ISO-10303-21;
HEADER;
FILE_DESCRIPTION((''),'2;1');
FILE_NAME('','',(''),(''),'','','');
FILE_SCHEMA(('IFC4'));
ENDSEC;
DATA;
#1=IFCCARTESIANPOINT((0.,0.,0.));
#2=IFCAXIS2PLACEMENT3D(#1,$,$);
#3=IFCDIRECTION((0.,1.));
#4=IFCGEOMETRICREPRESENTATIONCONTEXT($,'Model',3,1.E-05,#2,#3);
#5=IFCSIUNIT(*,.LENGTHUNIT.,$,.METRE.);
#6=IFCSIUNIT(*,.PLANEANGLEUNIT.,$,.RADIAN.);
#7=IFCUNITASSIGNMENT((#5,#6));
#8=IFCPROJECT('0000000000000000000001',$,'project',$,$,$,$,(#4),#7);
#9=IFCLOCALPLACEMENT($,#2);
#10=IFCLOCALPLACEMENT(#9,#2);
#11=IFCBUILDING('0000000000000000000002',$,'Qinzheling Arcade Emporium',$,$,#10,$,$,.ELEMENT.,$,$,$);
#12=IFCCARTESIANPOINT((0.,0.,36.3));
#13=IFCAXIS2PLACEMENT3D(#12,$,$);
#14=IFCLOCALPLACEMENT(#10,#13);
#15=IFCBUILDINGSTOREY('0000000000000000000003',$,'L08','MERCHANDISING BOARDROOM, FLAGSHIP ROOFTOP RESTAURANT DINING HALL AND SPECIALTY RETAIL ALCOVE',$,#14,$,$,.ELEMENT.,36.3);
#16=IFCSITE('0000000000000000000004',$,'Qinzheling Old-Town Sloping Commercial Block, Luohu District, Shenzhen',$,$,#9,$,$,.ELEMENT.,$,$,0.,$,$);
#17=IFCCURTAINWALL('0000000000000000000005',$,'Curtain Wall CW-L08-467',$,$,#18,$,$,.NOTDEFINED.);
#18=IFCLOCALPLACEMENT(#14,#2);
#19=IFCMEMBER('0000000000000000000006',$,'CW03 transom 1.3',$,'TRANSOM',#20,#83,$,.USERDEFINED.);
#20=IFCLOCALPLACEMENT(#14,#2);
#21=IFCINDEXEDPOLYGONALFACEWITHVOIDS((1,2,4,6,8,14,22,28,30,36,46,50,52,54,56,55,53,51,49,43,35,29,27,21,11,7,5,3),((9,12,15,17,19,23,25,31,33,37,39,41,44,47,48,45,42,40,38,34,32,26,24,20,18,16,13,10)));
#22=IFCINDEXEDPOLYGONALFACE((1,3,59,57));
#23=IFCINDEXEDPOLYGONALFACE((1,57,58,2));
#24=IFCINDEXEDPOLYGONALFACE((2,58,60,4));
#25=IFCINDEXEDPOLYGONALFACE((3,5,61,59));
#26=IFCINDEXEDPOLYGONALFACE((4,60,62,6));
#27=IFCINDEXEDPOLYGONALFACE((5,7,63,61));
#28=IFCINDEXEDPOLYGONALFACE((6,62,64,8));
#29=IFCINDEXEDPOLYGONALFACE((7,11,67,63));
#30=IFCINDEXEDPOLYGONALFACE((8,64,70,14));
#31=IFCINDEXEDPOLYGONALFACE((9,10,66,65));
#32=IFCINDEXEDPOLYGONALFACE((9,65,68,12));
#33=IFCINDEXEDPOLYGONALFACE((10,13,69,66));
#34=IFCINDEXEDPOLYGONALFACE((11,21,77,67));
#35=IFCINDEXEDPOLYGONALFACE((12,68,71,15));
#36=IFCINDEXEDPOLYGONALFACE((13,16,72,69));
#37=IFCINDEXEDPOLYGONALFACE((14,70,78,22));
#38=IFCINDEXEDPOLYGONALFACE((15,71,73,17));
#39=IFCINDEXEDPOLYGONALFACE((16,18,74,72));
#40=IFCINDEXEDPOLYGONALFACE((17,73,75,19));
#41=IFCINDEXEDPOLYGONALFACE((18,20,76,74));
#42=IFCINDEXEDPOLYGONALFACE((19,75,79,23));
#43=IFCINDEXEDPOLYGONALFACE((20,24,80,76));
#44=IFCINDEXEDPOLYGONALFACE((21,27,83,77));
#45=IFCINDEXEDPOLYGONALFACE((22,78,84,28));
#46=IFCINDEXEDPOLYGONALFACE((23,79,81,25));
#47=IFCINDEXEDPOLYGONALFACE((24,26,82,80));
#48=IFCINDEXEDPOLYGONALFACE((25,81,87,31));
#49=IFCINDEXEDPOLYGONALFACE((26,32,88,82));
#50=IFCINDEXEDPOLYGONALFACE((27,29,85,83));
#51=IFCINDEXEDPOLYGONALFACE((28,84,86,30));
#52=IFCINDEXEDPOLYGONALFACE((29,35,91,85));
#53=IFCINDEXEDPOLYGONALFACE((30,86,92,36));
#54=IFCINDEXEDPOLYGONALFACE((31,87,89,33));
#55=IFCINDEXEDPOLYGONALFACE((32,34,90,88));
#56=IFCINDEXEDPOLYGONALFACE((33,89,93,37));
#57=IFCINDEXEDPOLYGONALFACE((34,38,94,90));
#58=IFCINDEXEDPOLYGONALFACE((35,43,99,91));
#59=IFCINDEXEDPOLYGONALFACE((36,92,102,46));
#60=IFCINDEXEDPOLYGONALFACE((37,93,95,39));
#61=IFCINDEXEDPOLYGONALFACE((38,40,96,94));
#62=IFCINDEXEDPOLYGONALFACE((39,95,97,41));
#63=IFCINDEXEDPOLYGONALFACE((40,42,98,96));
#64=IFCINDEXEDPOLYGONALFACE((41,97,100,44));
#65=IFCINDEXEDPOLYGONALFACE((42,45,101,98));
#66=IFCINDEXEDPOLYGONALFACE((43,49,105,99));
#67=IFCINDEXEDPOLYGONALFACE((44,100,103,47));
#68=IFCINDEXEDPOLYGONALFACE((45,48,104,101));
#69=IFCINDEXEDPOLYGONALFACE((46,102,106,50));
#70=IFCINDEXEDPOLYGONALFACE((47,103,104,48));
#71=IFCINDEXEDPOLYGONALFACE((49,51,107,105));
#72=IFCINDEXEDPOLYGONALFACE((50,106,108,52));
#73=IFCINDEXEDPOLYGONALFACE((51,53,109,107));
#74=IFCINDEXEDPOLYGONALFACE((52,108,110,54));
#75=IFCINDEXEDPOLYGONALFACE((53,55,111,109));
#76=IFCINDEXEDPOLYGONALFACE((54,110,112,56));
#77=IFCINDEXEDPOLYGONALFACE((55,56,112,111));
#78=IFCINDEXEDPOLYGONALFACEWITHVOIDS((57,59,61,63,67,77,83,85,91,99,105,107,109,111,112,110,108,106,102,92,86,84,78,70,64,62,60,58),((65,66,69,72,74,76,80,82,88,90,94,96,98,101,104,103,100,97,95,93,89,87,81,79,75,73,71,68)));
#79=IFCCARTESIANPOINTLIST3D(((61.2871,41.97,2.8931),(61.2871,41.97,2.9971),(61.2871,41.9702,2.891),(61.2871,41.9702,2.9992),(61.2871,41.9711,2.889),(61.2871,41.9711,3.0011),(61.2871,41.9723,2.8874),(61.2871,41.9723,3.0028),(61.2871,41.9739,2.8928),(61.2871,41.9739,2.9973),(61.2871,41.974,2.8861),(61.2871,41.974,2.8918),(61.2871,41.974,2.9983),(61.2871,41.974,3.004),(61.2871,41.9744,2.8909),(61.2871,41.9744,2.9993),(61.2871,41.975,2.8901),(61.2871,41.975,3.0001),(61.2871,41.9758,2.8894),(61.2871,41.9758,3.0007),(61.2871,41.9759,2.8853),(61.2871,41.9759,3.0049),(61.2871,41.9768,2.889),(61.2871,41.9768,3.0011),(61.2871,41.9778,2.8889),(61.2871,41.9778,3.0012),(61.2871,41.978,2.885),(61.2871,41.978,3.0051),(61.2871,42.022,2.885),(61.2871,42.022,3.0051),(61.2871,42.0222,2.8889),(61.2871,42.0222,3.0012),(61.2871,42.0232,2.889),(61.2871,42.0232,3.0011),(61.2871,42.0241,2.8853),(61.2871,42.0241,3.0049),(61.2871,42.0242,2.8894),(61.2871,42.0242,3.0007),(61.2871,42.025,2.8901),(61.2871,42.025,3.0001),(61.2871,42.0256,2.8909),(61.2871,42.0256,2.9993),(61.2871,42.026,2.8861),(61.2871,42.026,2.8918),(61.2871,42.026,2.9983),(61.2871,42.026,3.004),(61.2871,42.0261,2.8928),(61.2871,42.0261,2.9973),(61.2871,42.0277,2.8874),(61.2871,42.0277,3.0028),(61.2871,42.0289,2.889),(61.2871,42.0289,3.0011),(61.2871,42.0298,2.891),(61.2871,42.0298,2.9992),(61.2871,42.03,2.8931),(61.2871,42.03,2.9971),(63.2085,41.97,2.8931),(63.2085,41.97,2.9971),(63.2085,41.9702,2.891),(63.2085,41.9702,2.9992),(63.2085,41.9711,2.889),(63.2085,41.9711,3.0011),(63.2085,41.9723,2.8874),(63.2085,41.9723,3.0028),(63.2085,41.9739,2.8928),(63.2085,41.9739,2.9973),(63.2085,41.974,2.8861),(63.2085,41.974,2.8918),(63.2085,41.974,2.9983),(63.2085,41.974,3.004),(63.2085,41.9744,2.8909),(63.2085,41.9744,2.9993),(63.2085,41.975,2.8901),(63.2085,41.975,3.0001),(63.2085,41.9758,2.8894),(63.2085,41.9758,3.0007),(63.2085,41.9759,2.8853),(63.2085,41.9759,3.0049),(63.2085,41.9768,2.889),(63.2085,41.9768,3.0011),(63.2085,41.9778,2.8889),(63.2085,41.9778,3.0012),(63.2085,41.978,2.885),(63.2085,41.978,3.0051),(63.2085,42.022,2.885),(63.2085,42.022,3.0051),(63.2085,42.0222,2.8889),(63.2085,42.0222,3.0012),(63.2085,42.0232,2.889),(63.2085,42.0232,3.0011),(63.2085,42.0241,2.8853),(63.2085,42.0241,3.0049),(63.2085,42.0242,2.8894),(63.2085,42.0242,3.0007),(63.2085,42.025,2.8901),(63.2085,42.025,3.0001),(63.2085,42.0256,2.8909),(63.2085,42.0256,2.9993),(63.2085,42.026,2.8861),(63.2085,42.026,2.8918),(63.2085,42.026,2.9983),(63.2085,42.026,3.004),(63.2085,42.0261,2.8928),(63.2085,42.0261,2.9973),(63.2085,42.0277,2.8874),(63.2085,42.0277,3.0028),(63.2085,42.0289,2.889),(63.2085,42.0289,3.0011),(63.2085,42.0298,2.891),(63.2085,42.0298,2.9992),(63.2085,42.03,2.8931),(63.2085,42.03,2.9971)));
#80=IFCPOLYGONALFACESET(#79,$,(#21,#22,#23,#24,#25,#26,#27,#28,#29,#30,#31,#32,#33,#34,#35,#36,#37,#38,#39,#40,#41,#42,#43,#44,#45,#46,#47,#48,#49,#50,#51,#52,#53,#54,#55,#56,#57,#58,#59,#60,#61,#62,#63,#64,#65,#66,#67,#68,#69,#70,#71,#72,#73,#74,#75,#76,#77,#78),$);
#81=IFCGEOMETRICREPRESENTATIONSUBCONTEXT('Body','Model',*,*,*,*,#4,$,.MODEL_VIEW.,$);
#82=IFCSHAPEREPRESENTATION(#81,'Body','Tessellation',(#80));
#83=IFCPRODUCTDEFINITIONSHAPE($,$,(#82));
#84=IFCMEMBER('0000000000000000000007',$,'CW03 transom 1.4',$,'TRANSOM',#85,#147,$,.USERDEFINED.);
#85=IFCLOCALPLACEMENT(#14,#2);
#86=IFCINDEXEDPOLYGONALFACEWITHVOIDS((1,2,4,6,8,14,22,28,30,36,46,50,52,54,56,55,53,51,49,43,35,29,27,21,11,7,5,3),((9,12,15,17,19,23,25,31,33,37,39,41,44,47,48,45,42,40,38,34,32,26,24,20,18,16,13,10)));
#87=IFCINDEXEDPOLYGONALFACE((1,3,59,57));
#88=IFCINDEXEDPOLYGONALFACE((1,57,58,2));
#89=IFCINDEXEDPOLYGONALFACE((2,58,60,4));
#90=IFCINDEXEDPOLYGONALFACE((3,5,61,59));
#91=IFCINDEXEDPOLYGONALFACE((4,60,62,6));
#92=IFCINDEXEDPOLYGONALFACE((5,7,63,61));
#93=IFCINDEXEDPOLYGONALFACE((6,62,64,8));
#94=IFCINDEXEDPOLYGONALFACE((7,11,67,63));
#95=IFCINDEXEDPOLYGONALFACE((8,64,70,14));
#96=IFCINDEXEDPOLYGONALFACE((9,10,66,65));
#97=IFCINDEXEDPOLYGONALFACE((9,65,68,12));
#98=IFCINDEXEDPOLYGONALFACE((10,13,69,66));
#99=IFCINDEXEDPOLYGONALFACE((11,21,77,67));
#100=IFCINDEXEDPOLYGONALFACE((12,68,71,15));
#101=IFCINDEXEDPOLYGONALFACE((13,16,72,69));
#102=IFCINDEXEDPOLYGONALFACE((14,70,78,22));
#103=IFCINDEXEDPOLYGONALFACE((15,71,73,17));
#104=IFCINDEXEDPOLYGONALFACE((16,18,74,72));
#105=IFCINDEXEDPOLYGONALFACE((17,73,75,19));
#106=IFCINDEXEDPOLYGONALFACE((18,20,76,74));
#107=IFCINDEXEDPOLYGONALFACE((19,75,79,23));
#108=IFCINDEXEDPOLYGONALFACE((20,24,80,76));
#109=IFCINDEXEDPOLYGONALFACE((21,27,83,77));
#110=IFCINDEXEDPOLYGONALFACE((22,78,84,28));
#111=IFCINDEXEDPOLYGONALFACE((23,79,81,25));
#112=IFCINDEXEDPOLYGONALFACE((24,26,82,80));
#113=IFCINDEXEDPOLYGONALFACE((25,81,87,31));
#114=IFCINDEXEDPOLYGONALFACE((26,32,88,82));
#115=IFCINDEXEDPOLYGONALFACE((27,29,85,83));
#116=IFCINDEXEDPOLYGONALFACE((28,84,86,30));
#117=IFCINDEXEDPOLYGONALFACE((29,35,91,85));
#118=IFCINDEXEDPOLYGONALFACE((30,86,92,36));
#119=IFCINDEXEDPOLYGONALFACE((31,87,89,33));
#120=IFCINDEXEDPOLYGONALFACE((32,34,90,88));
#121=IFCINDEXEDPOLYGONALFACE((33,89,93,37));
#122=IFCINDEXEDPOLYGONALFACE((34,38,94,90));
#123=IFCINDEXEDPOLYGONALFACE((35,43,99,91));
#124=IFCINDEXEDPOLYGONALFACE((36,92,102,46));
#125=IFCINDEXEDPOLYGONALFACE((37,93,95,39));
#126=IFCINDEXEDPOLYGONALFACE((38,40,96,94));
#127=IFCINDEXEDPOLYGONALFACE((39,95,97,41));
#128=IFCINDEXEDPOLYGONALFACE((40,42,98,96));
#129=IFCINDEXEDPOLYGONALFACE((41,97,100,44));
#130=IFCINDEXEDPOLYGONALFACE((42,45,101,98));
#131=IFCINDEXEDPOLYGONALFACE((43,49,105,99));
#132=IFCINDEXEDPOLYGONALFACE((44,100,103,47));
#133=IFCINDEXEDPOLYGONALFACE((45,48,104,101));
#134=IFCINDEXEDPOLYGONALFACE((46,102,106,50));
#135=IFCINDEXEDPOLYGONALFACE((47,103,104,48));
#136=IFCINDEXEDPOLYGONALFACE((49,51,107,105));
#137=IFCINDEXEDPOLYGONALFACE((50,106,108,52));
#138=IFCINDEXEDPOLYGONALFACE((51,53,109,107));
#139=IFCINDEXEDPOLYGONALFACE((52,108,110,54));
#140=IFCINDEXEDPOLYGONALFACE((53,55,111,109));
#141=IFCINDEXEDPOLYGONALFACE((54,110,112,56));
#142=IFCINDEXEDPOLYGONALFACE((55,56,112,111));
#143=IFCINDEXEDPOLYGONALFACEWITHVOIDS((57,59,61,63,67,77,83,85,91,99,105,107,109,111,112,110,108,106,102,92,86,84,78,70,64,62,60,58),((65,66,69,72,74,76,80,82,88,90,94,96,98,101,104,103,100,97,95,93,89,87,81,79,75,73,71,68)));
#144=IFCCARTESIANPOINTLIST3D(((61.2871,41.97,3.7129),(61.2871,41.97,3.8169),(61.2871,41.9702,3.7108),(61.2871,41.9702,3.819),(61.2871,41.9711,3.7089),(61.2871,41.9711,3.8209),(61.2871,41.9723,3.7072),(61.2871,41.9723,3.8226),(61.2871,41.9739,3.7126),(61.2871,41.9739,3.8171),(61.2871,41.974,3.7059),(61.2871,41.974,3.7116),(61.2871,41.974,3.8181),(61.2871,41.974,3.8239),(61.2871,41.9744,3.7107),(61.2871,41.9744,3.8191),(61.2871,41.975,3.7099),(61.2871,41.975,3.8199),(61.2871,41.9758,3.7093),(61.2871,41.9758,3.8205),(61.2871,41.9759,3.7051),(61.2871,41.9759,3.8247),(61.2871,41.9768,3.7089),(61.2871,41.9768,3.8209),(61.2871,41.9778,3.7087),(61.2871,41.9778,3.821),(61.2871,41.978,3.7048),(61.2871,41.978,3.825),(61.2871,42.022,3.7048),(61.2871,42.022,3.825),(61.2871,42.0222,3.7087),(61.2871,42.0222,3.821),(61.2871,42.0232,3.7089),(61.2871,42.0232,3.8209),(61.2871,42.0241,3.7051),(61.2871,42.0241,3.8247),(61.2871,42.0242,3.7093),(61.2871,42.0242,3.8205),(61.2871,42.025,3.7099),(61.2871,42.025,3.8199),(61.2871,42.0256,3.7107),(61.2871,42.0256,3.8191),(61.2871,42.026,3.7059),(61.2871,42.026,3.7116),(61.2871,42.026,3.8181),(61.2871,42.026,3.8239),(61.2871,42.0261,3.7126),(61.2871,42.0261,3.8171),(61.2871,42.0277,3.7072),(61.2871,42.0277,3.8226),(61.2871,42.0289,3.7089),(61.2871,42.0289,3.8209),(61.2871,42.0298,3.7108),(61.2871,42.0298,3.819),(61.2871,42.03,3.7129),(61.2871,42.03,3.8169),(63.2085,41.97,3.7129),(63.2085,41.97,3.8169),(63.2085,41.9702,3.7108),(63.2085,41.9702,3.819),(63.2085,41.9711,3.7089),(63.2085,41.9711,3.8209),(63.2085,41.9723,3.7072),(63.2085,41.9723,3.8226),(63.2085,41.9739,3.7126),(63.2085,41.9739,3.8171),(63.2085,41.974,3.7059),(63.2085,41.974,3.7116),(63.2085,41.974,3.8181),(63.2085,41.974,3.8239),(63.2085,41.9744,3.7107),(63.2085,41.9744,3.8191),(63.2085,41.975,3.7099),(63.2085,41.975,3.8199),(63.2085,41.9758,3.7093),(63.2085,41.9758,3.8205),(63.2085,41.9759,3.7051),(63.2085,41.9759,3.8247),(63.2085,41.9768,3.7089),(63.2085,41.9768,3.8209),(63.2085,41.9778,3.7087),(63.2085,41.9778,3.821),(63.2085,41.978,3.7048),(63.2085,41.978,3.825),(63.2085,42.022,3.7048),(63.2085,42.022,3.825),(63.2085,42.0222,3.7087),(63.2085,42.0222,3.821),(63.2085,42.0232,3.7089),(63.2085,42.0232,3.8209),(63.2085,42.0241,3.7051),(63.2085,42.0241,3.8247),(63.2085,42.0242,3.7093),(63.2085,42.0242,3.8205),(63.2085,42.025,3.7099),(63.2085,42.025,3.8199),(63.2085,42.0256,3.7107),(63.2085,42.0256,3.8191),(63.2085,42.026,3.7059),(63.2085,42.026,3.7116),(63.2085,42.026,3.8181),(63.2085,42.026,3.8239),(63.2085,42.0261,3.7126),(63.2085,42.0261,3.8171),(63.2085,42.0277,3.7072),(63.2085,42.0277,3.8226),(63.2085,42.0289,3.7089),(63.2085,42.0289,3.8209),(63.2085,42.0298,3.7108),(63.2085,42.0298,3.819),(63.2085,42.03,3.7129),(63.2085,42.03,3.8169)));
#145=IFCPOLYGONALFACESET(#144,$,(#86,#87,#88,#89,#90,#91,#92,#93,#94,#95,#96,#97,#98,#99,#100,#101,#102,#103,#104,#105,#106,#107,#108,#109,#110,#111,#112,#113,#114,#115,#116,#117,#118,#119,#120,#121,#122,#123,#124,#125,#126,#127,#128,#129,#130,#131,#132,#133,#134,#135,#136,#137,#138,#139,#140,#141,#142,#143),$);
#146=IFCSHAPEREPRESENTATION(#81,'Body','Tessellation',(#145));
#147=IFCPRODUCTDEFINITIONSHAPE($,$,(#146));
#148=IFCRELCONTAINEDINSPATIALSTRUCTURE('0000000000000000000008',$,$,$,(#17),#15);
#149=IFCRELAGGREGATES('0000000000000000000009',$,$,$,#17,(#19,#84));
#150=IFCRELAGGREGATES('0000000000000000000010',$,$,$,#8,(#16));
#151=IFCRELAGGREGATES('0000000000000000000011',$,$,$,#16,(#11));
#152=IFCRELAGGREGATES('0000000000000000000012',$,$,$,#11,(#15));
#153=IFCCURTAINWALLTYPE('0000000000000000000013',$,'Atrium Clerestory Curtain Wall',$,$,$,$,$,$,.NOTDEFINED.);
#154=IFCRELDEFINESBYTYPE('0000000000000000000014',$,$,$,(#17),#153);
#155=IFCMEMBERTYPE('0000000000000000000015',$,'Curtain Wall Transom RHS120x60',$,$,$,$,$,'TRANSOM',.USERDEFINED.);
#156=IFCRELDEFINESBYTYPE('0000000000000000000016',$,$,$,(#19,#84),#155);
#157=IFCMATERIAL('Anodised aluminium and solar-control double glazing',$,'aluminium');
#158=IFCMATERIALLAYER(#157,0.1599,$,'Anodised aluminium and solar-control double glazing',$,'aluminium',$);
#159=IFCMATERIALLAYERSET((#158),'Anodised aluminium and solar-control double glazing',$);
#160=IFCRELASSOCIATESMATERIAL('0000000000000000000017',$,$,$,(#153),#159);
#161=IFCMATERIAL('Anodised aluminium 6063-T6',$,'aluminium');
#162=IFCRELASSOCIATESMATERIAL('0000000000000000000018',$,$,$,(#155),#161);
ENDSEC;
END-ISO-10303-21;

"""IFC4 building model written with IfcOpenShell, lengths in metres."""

from ifc_helpers import new_model, si_unit, direction, frame, origin, origin_2d, place, context, subcontext, project, spatial, hollow_rectangle, extrude, material, layer, layer_set, material_profile, profile_set, type_object, element, aggregate, save


model = new_model("IFC4")

# Units and contexts
model_context = context("Model", 3, precision=1e-05, world=origin(), true_north=direction((0.0, 1.0)))
body_context = subcontext(model_context, "Body", "Model", "MODEL_VIEW")
ifc_project = project(units=[si_unit("LENGTHUNIT", "METRE"), si_unit("PLANEANGLEUNIT", "RADIAN")], contexts=[model_context])

# Site, building, storey
site_placement = place(None, origin())
site = spatial("IfcSite", under=ifc_project, at=site_placement, Name="Qinzheling Old-Town Sloping Commercial Block, Luohu District, Shenzhen", CompositionType="ELEMENT", RefElevation=0.0)
building_placement = place(site_placement, origin())
building = spatial("IfcBuilding", under=site, at=building_placement, Name="Qinzheling Arcade Emporium", CompositionType="ELEMENT")
storey_placement = place(building_placement, frame((0.0, 0.0, 36.3)))
storey = spatial("IfcBuildingStorey", under=building, at=storey_placement, Name="L08", Description="MERCHANDISING BOARDROOM, FLAGSHIP ROOFTOP RESTAURANT DINING HALL AND SPECIALTY RETAIL ALCOVE", CompositionType="ELEMENT", Elevation=36.3)

# Curtain wall, members
ifc_material_1 = material(Name="Anodised aluminium and solar-control double glazing", Category="aluminium")
ifc_layer_1 = layer(ifc_material_1, 0.1599, Name="Anodised aluminium and solar-control double glazing", Category="aluminium")
ifc_layer_set_1 = layer_set([ifc_layer_1], Name="Anodised aluminium and solar-control double glazing")
curtain_wall_type = type_object("IfcCurtainWallType", Name="Atrium Clerestory Curtain Wall", PredefinedType="NOTDEFINED", material=ifc_layer_set_1)
curtain_wall_placement = place(storey_placement, origin())
curtain_wall = element("IfcCurtainWall", 1, at=curtain_wall_placement, inside=storey, type_object=curtain_wall_type, Name="Curtain Wall CW-L08-467", PredefinedType="NOTDEFINED")
ifc_material_2 = material(Name="Anodised aluminium 6063-T6", Category="aluminium")
ifc_material_profile_1 = material_profile(ifc_material_2, hollow_rectangle(XDim=0.0601, YDim=0.1201, WallThickness=0.0039, InnerFilletRadius=0.0039, OuterFilletRadius=0.0081, at=origin_2d()), Name="RHS 120x60x4", Category="aluminium")
ifc_profile_set_1 = profile_set([ifc_material_profile_1], Name="Anodised aluminium 6063-T6")
member_type_1 = type_object("IfcMemberType", Name="Curtain Wall Transom RHS120x60", ElementType="TRANSOM", PredefinedType="USERDEFINED", material=ifc_profile_set_1)
member_1_placement = place(storey_placement, frame((61.2871, 42.0, 2.9451), z_axis=(1.0, 0.0, 0.0), x_axis=(0.0, 1.0, 0.0)))
member_1 = element("IfcMember", 2, at=member_1_placement, type_object=member_type_1, Name="CW03 transom 1.3", ObjectType="TRANSOM", PredefinedType="USERDEFINED", context=body_context, shape_type="SweptSolid", body=[
    extrude(hollow_rectangle(XDim=0.0601, YDim=0.1201, WallThickness=0.0039, InnerFilletRadius=0.0039, OuterFilletRadius=0.0081, at=origin_2d()), origin(), (0.0, 0.0, 1.0), 1.9214),
])
member_2_placement = place(storey_placement, frame((61.2871, 42.0, 3.7649), z_axis=(1.0, 0.0, 0.0), x_axis=(0.0, 1.0, 0.0)))
member_2 = element("IfcMember", 3, at=member_2_placement, type_object=member_type_1, Name="CW03 transom 1.4", ObjectType="TRANSOM", PredefinedType="USERDEFINED", context=body_context, shape_type="SweptSolid", body=[
    extrude(hollow_rectangle(XDim=0.0601, YDim=0.1201, WallThickness=0.0039, InnerFilletRadius=0.0039, OuterFilletRadius=0.0081, at=origin_2d()), origin(), (0.0, 0.0, 1.0), 1.9214),
])
aggregate(curtain_wall, [member_1, member_2])

save(model, "model.ifc")
